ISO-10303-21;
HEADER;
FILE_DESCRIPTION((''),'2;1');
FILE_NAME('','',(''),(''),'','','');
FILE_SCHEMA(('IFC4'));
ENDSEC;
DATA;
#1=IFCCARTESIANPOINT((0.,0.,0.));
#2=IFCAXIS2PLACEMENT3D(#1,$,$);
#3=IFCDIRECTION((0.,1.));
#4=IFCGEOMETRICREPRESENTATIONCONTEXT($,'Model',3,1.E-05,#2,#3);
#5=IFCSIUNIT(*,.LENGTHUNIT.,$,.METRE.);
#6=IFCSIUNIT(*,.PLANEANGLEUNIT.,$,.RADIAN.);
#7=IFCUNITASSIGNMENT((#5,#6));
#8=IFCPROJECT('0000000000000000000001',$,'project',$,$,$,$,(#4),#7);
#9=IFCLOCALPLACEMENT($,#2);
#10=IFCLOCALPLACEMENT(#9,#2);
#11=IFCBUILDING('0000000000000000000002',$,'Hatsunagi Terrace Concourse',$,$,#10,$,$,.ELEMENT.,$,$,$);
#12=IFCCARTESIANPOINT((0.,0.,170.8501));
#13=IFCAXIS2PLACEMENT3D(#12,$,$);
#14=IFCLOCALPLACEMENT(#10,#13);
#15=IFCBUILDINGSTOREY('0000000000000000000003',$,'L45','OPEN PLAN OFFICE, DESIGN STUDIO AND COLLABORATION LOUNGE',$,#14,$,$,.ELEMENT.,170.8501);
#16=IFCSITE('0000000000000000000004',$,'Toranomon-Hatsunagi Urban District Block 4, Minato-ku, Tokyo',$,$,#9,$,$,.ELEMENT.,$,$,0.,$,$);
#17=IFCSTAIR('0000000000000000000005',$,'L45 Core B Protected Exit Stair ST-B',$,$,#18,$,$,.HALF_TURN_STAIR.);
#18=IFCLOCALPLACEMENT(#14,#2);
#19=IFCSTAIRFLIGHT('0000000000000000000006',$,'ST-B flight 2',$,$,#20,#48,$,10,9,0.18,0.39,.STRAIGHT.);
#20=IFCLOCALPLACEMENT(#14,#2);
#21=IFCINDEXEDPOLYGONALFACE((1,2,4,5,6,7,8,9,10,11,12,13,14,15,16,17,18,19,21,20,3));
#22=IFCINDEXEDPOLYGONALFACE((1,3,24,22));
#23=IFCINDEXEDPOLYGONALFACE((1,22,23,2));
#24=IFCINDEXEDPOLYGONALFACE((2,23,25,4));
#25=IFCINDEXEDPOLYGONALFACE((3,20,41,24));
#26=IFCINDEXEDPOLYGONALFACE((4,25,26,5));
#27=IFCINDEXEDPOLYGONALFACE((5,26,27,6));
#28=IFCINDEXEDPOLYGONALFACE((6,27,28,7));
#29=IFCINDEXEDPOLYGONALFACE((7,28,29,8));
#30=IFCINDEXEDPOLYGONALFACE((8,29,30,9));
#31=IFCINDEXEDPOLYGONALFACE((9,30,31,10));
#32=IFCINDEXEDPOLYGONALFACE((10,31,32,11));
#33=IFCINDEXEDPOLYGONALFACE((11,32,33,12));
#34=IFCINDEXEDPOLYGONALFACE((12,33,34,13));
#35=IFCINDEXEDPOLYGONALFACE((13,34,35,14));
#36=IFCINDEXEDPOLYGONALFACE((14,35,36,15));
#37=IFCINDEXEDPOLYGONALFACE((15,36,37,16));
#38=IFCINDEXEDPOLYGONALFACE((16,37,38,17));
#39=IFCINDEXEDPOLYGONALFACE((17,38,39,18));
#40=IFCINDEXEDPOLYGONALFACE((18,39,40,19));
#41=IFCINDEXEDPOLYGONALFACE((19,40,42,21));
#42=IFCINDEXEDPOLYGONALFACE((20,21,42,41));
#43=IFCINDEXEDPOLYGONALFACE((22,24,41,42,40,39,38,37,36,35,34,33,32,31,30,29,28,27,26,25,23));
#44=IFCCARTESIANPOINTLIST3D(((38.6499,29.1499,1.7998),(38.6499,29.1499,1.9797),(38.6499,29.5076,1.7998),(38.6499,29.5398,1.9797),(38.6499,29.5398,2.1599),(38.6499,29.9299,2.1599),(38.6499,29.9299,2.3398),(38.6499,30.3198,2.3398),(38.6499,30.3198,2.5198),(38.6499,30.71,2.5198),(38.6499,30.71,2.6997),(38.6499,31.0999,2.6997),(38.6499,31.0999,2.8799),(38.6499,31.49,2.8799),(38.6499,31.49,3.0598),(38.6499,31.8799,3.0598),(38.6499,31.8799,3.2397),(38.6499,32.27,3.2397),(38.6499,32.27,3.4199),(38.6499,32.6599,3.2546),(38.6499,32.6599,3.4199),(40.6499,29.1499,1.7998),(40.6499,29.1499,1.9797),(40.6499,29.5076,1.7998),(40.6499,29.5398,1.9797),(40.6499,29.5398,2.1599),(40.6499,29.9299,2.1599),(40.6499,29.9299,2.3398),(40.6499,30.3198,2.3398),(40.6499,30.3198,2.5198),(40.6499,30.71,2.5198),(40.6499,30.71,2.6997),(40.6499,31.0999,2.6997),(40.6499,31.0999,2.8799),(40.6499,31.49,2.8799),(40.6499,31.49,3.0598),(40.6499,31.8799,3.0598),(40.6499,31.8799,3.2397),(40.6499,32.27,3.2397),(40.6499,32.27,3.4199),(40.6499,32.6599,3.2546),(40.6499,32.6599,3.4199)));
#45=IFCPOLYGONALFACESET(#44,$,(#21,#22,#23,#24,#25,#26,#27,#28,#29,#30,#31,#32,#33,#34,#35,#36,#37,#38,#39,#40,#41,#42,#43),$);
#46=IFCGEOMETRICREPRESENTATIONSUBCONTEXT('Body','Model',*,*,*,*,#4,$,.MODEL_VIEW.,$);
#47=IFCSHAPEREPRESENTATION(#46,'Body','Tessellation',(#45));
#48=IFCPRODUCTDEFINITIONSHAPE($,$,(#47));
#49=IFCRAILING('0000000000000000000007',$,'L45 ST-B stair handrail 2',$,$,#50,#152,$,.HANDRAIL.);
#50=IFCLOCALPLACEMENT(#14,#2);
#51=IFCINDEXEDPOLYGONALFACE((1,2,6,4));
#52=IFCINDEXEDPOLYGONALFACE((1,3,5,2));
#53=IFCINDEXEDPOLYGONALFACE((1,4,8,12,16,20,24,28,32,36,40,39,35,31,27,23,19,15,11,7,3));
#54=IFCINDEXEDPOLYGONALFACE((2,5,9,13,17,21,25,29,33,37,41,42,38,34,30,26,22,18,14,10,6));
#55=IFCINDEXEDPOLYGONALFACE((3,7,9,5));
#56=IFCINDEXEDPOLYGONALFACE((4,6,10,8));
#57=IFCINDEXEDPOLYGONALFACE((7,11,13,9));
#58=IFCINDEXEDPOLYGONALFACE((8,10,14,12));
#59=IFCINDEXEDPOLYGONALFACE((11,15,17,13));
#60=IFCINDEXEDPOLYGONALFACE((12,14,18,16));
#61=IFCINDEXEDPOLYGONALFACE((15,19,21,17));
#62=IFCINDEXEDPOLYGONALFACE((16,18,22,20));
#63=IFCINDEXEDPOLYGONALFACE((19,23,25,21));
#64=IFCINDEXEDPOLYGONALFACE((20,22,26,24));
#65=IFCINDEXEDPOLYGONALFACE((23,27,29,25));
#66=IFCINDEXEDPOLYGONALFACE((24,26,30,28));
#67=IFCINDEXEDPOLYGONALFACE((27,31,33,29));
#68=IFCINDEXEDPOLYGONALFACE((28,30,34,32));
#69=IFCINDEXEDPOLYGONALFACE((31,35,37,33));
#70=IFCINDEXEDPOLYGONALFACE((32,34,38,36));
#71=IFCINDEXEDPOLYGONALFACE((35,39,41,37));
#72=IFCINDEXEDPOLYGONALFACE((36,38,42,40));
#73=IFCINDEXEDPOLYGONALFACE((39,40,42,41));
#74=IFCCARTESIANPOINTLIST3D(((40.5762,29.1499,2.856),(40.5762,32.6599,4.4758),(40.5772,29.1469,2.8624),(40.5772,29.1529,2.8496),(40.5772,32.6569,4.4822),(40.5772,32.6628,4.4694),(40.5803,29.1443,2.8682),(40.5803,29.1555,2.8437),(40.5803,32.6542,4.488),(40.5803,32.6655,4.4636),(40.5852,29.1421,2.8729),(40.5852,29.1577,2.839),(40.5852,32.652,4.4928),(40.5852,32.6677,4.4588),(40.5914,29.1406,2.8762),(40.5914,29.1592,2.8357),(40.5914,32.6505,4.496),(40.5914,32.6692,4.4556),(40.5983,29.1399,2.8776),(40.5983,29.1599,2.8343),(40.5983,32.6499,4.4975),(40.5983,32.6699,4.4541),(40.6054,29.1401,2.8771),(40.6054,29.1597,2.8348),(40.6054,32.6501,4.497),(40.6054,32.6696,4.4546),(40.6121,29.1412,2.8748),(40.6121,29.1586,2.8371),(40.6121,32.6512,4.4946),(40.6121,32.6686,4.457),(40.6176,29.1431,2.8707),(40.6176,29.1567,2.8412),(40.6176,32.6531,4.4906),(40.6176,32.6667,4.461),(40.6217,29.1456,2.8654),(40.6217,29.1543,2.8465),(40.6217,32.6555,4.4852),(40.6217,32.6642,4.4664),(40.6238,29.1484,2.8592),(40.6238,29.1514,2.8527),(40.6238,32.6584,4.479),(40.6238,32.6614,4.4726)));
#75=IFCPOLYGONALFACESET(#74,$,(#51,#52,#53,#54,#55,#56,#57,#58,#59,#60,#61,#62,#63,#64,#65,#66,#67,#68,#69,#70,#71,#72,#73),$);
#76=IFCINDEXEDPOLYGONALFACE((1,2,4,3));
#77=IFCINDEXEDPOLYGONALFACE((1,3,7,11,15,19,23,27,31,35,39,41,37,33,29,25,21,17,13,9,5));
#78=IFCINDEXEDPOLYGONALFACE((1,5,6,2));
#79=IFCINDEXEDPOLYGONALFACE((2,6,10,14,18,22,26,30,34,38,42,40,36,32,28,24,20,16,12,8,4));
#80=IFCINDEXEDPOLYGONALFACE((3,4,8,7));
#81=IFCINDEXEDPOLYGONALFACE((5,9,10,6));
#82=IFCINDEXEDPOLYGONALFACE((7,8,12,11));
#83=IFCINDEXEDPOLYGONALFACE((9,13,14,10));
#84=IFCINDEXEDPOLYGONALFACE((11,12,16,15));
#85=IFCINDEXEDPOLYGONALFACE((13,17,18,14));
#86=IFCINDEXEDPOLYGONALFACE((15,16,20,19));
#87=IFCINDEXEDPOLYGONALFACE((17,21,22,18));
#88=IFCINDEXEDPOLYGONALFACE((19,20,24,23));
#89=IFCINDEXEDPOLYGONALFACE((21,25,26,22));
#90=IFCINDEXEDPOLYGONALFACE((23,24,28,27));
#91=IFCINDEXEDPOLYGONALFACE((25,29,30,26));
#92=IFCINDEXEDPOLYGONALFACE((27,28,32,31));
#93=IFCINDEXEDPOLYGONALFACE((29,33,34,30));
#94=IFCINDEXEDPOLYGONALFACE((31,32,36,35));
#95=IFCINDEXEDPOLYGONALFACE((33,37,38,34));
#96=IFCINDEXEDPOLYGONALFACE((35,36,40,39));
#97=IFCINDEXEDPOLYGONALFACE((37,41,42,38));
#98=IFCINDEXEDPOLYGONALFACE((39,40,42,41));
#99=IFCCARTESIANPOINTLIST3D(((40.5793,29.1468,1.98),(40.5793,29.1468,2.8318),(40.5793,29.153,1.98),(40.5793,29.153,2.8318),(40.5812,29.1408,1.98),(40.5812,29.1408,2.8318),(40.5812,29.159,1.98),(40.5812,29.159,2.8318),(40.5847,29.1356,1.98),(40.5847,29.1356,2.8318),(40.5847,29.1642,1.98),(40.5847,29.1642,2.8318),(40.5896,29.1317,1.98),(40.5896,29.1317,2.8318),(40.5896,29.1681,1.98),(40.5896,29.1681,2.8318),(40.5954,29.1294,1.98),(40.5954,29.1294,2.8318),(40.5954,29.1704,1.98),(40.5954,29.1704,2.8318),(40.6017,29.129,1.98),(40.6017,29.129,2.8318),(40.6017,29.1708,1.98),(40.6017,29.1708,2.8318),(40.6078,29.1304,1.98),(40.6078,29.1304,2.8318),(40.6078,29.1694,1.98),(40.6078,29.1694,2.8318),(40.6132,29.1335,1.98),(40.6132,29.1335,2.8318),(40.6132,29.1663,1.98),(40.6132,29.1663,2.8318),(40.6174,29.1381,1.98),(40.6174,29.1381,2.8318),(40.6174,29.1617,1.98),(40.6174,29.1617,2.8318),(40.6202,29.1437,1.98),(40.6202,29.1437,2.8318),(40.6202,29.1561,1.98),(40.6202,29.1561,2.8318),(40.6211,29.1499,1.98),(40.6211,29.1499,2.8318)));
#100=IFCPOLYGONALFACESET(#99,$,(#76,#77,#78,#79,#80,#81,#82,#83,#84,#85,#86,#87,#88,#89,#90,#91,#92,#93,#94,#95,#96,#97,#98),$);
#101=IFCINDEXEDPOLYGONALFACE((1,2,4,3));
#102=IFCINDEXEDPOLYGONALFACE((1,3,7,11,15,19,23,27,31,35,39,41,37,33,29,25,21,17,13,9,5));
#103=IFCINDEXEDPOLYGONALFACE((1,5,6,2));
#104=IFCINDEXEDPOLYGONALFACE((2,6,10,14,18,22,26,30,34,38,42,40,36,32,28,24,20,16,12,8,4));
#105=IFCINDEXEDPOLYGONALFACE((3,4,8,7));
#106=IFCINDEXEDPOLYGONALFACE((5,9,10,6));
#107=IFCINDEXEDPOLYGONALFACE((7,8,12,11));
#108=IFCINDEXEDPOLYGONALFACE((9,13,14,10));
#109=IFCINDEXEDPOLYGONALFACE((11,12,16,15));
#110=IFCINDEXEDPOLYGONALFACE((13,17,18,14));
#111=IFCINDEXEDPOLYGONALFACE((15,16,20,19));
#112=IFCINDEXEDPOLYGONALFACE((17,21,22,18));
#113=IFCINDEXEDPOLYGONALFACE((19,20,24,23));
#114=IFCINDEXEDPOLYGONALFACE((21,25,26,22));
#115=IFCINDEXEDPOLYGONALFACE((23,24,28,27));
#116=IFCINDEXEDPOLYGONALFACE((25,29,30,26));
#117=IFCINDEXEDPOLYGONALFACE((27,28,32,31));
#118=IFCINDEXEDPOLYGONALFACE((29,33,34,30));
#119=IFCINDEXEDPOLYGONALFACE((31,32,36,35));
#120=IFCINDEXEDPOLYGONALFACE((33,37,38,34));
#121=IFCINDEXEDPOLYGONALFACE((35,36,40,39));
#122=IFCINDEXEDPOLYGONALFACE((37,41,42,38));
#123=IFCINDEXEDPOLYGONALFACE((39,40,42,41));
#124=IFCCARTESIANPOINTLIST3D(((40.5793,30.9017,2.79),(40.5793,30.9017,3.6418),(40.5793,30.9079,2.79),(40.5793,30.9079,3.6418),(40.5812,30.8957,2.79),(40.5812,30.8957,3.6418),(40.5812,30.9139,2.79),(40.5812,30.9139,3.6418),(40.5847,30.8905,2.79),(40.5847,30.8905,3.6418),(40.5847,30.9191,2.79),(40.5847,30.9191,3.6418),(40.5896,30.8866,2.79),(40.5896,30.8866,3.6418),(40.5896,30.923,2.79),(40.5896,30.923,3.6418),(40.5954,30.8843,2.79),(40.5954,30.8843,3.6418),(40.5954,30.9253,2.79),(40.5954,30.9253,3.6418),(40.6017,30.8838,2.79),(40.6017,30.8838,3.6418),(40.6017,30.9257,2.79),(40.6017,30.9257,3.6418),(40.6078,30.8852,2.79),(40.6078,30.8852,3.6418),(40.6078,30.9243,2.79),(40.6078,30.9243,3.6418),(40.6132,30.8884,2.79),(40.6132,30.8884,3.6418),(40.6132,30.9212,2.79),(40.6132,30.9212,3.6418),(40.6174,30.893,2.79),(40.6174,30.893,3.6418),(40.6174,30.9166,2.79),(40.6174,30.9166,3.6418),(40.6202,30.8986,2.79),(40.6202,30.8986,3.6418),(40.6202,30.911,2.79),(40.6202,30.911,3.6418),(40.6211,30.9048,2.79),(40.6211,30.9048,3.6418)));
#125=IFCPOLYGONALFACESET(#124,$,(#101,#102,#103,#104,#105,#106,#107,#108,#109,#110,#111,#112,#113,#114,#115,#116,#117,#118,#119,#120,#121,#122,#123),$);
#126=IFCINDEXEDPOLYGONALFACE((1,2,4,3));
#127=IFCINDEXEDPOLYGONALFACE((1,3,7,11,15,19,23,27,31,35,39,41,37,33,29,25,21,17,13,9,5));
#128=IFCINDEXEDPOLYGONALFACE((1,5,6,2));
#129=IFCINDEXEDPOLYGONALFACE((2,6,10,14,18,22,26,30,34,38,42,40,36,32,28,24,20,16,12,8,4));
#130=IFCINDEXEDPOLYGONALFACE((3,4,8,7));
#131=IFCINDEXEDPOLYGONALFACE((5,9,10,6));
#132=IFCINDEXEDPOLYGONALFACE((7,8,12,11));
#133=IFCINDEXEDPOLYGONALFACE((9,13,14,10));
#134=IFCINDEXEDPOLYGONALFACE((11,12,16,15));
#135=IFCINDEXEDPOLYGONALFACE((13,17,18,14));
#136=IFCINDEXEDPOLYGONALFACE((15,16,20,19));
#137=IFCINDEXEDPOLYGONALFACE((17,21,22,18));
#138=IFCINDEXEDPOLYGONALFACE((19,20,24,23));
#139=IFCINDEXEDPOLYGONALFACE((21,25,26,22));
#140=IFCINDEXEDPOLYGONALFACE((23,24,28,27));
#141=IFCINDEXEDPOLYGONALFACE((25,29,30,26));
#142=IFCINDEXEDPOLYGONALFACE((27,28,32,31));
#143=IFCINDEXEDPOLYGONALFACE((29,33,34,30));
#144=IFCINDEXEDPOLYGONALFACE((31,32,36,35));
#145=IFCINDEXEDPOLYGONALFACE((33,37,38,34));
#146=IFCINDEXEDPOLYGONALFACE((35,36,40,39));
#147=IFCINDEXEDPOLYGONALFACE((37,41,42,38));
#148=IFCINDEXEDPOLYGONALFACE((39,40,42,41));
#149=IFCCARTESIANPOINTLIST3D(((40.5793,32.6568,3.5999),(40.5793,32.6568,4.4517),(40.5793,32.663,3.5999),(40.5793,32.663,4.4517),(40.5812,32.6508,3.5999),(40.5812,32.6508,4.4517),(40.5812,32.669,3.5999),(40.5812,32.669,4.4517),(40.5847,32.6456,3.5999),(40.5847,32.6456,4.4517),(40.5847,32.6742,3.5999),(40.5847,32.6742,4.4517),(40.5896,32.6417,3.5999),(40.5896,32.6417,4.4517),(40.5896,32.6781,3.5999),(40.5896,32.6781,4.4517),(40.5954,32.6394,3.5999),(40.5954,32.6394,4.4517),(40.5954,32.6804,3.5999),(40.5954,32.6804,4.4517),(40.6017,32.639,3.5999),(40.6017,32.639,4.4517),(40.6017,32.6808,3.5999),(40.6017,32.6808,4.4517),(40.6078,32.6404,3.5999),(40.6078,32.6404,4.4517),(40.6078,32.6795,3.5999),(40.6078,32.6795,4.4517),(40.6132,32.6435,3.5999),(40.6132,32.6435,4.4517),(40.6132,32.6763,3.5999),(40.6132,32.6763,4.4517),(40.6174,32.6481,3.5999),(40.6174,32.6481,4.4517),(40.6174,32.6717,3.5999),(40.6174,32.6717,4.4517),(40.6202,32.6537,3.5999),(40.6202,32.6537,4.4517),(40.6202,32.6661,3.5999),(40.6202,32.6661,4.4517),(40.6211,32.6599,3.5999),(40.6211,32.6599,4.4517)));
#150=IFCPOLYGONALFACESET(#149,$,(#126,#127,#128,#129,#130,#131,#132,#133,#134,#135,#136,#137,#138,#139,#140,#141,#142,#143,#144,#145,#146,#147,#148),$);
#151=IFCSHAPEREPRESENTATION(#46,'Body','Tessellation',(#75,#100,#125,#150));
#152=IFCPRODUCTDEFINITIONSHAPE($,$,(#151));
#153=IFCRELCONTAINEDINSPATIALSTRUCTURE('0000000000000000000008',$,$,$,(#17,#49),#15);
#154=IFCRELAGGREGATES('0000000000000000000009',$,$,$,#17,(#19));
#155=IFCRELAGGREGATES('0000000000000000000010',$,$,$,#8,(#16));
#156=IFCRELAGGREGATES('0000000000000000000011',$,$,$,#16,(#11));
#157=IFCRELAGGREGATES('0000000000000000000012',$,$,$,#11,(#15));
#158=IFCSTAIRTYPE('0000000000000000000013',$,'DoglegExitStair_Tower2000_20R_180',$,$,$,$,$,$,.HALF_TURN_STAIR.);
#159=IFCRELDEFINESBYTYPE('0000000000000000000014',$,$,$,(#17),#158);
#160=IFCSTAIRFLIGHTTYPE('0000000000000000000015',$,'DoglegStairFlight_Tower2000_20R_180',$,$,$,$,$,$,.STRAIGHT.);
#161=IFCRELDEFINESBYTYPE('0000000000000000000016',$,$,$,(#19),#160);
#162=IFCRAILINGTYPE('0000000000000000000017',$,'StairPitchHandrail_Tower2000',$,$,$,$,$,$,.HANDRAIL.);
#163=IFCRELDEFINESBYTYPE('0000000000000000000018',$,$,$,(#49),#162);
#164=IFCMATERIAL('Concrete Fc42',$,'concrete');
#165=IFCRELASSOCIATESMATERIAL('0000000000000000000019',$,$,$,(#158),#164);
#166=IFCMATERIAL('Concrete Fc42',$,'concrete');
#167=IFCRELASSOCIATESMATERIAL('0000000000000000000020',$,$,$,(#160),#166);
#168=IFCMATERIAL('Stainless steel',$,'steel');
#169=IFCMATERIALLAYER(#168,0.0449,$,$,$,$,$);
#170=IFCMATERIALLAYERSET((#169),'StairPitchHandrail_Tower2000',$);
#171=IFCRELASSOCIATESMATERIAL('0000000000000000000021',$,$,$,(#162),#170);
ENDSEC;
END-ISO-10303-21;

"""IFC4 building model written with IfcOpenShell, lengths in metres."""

from ifc_helpers import new_model, si_unit, direction, frame, origin, origin_2d, place, context, subcontext, project, spatial, polyline, circle, outline, extrude, material, layer, layer_set, type_object, element, aggregate, save


model = new_model("IFC4")

# Units and contexts
model_context = context("Model", 3, precision=1e-05, world=origin(), true_north=direction((0.0, 1.0)))
body_context = subcontext(model_context, "Body", "Model", "MODEL_VIEW")
ifc_project = project(units=[si_unit("LENGTHUNIT", "METRE"), si_unit("PLANEANGLEUNIT", "RADIAN")], contexts=[model_context])

# Site, building, storey
site_placement = place(None, origin())
site = spatial("IfcSite", under=ifc_project, at=site_placement, Name="Toranomon-Hatsunagi Urban District Block 4, Minato-ku, Tokyo", CompositionType="ELEMENT", RefElevation=0.0)
building_placement = place(site_placement, origin())
building = spatial("IfcBuilding", under=site, at=building_placement, Name="Hatsunagi Terrace Concourse", CompositionType="ELEMENT")
storey_placement = place(building_placement, frame((0.0, 0.0, 170.8501)))
storey = spatial("IfcBuildingStorey", under=building, at=storey_placement, Name="L45", Description="OPEN PLAN OFFICE, DESIGN STUDIO AND COLLABORATION LOUNGE", CompositionType="ELEMENT", Elevation=170.8501)

# Stair, stair flight
ifc_material_1 = material(Name="Concrete Fc42", Category="concrete")
stair_type = type_object("IfcStairType", Name="DoglegExitStair_Tower2000_20R_180", PredefinedType="HALF_TURN_STAIR", material=ifc_material_1)
stair_placement = place(storey_placement, origin())
stair = element("IfcStair", 1, at=stair_placement, inside=storey, type_object=stair_type, Name="L45 Core B Protected Exit Stair ST-B", PredefinedType="HALF_TURN_STAIR")
ifc_material_2 = material(Name="Concrete Fc42", Category="concrete")
stair_flight_type = type_object("IfcStairFlightType", Name="DoglegStairFlight_Tower2000_20R_180", PredefinedType="STRAIGHT", material=ifc_material_2)
stair_flight_placement = place(storey_placement, frame((39.6499, 29.1499, 1.7998), z_axis=(0.0, 0.0, 1.0), x_axis=(0.0, 1.0, 0.0)))
stair_flight = element("IfcStairFlight", 2, at=stair_flight_placement, type_object=stair_flight_type, Name="ST-B flight 2", NumberOfRisers=10, NumberOfTreads=9, PredefinedType="STRAIGHT", RiserHeight=0.18, TreadLength=0.39, context=body_context, shape_type="SweptSolid", body=[
    extrude(outline(polyline([(0.0, 0.0), (0.0, 0.1799), (0.3899, 0.1799), (0.3899, 0.3601), (0.78, 0.3601), (0.78, 0.54), (1.1699, 0.54), (1.1699, 0.72), (1.5601, 0.72), (1.5601, 0.8999), (1.95, 0.8999), (1.95, 1.0801), (2.3401, 1.0801), (2.3401, 1.26), (2.73, 1.26), (2.73, 1.4399), (3.1201, 1.4399), (3.1201, 1.6201), (3.51, 1.6201), (3.51, 1.8), (3.51, 1.4548), (0.3577, 0.0), (0.0, 0.0)])), frame((0.0, 1.0, 0.0), z_axis=(0.0, -1.0, 0.0), x_axis=(1.0, 0.0, 0.0)), (0.0, 0.0, 1.0), 2.0),
])
aggregate(stair, [stair_flight])

# Railing
ifc_material_3 = material(Name="Stainless steel", Category="steel")
ifc_layer_1 = layer(ifc_material_3, 0.0449)
ifc_layer_set_1 = layer_set([ifc_layer_1], Name="StairPitchHandrail_Tower2000")
railing_type_1 = type_object("IfcRailingType", Name="StairPitchHandrail_Tower2000", PredefinedType="HANDRAIL", material=ifc_layer_set_1)
railing_1_placement = place(storey_placement, frame((40.6001, 29.1499, 1.98)))
element("IfcRailing", 3, at=railing_1_placement, inside=storey, type_object=railing_type_1, Name="L45 ST-B stair handrail 2", PredefinedType="HANDRAIL", context=body_context, shape_type="SweptSolid", body=[
    extrude(circle(Radius=0.0239, at=origin_2d()), frame((0.0, 0.0, 0.876), z_axis=(0.0, 0.907972, 0.41903), x_axis=(-1.0, 0.0, 0.0)), (0.0, 0.0, 1.0), 3.8657),
    extrude(circle(Radius=0.021, at=origin_2d()), origin(), (0.0, 0.0, 1.0), 0.8518),
    extrude(circle(Radius=0.021, at=origin_2d()), frame((0.0, 1.7549, 0.8101)), (0.0, 0.0, 1.0), 0.8518),
    extrude(circle(Radius=0.021, at=origin_2d()), frame((0.0, 3.51, 1.6199)), (0.0, 0.0, 1.0), 0.8518),
])

save(model, "model.ifc")
